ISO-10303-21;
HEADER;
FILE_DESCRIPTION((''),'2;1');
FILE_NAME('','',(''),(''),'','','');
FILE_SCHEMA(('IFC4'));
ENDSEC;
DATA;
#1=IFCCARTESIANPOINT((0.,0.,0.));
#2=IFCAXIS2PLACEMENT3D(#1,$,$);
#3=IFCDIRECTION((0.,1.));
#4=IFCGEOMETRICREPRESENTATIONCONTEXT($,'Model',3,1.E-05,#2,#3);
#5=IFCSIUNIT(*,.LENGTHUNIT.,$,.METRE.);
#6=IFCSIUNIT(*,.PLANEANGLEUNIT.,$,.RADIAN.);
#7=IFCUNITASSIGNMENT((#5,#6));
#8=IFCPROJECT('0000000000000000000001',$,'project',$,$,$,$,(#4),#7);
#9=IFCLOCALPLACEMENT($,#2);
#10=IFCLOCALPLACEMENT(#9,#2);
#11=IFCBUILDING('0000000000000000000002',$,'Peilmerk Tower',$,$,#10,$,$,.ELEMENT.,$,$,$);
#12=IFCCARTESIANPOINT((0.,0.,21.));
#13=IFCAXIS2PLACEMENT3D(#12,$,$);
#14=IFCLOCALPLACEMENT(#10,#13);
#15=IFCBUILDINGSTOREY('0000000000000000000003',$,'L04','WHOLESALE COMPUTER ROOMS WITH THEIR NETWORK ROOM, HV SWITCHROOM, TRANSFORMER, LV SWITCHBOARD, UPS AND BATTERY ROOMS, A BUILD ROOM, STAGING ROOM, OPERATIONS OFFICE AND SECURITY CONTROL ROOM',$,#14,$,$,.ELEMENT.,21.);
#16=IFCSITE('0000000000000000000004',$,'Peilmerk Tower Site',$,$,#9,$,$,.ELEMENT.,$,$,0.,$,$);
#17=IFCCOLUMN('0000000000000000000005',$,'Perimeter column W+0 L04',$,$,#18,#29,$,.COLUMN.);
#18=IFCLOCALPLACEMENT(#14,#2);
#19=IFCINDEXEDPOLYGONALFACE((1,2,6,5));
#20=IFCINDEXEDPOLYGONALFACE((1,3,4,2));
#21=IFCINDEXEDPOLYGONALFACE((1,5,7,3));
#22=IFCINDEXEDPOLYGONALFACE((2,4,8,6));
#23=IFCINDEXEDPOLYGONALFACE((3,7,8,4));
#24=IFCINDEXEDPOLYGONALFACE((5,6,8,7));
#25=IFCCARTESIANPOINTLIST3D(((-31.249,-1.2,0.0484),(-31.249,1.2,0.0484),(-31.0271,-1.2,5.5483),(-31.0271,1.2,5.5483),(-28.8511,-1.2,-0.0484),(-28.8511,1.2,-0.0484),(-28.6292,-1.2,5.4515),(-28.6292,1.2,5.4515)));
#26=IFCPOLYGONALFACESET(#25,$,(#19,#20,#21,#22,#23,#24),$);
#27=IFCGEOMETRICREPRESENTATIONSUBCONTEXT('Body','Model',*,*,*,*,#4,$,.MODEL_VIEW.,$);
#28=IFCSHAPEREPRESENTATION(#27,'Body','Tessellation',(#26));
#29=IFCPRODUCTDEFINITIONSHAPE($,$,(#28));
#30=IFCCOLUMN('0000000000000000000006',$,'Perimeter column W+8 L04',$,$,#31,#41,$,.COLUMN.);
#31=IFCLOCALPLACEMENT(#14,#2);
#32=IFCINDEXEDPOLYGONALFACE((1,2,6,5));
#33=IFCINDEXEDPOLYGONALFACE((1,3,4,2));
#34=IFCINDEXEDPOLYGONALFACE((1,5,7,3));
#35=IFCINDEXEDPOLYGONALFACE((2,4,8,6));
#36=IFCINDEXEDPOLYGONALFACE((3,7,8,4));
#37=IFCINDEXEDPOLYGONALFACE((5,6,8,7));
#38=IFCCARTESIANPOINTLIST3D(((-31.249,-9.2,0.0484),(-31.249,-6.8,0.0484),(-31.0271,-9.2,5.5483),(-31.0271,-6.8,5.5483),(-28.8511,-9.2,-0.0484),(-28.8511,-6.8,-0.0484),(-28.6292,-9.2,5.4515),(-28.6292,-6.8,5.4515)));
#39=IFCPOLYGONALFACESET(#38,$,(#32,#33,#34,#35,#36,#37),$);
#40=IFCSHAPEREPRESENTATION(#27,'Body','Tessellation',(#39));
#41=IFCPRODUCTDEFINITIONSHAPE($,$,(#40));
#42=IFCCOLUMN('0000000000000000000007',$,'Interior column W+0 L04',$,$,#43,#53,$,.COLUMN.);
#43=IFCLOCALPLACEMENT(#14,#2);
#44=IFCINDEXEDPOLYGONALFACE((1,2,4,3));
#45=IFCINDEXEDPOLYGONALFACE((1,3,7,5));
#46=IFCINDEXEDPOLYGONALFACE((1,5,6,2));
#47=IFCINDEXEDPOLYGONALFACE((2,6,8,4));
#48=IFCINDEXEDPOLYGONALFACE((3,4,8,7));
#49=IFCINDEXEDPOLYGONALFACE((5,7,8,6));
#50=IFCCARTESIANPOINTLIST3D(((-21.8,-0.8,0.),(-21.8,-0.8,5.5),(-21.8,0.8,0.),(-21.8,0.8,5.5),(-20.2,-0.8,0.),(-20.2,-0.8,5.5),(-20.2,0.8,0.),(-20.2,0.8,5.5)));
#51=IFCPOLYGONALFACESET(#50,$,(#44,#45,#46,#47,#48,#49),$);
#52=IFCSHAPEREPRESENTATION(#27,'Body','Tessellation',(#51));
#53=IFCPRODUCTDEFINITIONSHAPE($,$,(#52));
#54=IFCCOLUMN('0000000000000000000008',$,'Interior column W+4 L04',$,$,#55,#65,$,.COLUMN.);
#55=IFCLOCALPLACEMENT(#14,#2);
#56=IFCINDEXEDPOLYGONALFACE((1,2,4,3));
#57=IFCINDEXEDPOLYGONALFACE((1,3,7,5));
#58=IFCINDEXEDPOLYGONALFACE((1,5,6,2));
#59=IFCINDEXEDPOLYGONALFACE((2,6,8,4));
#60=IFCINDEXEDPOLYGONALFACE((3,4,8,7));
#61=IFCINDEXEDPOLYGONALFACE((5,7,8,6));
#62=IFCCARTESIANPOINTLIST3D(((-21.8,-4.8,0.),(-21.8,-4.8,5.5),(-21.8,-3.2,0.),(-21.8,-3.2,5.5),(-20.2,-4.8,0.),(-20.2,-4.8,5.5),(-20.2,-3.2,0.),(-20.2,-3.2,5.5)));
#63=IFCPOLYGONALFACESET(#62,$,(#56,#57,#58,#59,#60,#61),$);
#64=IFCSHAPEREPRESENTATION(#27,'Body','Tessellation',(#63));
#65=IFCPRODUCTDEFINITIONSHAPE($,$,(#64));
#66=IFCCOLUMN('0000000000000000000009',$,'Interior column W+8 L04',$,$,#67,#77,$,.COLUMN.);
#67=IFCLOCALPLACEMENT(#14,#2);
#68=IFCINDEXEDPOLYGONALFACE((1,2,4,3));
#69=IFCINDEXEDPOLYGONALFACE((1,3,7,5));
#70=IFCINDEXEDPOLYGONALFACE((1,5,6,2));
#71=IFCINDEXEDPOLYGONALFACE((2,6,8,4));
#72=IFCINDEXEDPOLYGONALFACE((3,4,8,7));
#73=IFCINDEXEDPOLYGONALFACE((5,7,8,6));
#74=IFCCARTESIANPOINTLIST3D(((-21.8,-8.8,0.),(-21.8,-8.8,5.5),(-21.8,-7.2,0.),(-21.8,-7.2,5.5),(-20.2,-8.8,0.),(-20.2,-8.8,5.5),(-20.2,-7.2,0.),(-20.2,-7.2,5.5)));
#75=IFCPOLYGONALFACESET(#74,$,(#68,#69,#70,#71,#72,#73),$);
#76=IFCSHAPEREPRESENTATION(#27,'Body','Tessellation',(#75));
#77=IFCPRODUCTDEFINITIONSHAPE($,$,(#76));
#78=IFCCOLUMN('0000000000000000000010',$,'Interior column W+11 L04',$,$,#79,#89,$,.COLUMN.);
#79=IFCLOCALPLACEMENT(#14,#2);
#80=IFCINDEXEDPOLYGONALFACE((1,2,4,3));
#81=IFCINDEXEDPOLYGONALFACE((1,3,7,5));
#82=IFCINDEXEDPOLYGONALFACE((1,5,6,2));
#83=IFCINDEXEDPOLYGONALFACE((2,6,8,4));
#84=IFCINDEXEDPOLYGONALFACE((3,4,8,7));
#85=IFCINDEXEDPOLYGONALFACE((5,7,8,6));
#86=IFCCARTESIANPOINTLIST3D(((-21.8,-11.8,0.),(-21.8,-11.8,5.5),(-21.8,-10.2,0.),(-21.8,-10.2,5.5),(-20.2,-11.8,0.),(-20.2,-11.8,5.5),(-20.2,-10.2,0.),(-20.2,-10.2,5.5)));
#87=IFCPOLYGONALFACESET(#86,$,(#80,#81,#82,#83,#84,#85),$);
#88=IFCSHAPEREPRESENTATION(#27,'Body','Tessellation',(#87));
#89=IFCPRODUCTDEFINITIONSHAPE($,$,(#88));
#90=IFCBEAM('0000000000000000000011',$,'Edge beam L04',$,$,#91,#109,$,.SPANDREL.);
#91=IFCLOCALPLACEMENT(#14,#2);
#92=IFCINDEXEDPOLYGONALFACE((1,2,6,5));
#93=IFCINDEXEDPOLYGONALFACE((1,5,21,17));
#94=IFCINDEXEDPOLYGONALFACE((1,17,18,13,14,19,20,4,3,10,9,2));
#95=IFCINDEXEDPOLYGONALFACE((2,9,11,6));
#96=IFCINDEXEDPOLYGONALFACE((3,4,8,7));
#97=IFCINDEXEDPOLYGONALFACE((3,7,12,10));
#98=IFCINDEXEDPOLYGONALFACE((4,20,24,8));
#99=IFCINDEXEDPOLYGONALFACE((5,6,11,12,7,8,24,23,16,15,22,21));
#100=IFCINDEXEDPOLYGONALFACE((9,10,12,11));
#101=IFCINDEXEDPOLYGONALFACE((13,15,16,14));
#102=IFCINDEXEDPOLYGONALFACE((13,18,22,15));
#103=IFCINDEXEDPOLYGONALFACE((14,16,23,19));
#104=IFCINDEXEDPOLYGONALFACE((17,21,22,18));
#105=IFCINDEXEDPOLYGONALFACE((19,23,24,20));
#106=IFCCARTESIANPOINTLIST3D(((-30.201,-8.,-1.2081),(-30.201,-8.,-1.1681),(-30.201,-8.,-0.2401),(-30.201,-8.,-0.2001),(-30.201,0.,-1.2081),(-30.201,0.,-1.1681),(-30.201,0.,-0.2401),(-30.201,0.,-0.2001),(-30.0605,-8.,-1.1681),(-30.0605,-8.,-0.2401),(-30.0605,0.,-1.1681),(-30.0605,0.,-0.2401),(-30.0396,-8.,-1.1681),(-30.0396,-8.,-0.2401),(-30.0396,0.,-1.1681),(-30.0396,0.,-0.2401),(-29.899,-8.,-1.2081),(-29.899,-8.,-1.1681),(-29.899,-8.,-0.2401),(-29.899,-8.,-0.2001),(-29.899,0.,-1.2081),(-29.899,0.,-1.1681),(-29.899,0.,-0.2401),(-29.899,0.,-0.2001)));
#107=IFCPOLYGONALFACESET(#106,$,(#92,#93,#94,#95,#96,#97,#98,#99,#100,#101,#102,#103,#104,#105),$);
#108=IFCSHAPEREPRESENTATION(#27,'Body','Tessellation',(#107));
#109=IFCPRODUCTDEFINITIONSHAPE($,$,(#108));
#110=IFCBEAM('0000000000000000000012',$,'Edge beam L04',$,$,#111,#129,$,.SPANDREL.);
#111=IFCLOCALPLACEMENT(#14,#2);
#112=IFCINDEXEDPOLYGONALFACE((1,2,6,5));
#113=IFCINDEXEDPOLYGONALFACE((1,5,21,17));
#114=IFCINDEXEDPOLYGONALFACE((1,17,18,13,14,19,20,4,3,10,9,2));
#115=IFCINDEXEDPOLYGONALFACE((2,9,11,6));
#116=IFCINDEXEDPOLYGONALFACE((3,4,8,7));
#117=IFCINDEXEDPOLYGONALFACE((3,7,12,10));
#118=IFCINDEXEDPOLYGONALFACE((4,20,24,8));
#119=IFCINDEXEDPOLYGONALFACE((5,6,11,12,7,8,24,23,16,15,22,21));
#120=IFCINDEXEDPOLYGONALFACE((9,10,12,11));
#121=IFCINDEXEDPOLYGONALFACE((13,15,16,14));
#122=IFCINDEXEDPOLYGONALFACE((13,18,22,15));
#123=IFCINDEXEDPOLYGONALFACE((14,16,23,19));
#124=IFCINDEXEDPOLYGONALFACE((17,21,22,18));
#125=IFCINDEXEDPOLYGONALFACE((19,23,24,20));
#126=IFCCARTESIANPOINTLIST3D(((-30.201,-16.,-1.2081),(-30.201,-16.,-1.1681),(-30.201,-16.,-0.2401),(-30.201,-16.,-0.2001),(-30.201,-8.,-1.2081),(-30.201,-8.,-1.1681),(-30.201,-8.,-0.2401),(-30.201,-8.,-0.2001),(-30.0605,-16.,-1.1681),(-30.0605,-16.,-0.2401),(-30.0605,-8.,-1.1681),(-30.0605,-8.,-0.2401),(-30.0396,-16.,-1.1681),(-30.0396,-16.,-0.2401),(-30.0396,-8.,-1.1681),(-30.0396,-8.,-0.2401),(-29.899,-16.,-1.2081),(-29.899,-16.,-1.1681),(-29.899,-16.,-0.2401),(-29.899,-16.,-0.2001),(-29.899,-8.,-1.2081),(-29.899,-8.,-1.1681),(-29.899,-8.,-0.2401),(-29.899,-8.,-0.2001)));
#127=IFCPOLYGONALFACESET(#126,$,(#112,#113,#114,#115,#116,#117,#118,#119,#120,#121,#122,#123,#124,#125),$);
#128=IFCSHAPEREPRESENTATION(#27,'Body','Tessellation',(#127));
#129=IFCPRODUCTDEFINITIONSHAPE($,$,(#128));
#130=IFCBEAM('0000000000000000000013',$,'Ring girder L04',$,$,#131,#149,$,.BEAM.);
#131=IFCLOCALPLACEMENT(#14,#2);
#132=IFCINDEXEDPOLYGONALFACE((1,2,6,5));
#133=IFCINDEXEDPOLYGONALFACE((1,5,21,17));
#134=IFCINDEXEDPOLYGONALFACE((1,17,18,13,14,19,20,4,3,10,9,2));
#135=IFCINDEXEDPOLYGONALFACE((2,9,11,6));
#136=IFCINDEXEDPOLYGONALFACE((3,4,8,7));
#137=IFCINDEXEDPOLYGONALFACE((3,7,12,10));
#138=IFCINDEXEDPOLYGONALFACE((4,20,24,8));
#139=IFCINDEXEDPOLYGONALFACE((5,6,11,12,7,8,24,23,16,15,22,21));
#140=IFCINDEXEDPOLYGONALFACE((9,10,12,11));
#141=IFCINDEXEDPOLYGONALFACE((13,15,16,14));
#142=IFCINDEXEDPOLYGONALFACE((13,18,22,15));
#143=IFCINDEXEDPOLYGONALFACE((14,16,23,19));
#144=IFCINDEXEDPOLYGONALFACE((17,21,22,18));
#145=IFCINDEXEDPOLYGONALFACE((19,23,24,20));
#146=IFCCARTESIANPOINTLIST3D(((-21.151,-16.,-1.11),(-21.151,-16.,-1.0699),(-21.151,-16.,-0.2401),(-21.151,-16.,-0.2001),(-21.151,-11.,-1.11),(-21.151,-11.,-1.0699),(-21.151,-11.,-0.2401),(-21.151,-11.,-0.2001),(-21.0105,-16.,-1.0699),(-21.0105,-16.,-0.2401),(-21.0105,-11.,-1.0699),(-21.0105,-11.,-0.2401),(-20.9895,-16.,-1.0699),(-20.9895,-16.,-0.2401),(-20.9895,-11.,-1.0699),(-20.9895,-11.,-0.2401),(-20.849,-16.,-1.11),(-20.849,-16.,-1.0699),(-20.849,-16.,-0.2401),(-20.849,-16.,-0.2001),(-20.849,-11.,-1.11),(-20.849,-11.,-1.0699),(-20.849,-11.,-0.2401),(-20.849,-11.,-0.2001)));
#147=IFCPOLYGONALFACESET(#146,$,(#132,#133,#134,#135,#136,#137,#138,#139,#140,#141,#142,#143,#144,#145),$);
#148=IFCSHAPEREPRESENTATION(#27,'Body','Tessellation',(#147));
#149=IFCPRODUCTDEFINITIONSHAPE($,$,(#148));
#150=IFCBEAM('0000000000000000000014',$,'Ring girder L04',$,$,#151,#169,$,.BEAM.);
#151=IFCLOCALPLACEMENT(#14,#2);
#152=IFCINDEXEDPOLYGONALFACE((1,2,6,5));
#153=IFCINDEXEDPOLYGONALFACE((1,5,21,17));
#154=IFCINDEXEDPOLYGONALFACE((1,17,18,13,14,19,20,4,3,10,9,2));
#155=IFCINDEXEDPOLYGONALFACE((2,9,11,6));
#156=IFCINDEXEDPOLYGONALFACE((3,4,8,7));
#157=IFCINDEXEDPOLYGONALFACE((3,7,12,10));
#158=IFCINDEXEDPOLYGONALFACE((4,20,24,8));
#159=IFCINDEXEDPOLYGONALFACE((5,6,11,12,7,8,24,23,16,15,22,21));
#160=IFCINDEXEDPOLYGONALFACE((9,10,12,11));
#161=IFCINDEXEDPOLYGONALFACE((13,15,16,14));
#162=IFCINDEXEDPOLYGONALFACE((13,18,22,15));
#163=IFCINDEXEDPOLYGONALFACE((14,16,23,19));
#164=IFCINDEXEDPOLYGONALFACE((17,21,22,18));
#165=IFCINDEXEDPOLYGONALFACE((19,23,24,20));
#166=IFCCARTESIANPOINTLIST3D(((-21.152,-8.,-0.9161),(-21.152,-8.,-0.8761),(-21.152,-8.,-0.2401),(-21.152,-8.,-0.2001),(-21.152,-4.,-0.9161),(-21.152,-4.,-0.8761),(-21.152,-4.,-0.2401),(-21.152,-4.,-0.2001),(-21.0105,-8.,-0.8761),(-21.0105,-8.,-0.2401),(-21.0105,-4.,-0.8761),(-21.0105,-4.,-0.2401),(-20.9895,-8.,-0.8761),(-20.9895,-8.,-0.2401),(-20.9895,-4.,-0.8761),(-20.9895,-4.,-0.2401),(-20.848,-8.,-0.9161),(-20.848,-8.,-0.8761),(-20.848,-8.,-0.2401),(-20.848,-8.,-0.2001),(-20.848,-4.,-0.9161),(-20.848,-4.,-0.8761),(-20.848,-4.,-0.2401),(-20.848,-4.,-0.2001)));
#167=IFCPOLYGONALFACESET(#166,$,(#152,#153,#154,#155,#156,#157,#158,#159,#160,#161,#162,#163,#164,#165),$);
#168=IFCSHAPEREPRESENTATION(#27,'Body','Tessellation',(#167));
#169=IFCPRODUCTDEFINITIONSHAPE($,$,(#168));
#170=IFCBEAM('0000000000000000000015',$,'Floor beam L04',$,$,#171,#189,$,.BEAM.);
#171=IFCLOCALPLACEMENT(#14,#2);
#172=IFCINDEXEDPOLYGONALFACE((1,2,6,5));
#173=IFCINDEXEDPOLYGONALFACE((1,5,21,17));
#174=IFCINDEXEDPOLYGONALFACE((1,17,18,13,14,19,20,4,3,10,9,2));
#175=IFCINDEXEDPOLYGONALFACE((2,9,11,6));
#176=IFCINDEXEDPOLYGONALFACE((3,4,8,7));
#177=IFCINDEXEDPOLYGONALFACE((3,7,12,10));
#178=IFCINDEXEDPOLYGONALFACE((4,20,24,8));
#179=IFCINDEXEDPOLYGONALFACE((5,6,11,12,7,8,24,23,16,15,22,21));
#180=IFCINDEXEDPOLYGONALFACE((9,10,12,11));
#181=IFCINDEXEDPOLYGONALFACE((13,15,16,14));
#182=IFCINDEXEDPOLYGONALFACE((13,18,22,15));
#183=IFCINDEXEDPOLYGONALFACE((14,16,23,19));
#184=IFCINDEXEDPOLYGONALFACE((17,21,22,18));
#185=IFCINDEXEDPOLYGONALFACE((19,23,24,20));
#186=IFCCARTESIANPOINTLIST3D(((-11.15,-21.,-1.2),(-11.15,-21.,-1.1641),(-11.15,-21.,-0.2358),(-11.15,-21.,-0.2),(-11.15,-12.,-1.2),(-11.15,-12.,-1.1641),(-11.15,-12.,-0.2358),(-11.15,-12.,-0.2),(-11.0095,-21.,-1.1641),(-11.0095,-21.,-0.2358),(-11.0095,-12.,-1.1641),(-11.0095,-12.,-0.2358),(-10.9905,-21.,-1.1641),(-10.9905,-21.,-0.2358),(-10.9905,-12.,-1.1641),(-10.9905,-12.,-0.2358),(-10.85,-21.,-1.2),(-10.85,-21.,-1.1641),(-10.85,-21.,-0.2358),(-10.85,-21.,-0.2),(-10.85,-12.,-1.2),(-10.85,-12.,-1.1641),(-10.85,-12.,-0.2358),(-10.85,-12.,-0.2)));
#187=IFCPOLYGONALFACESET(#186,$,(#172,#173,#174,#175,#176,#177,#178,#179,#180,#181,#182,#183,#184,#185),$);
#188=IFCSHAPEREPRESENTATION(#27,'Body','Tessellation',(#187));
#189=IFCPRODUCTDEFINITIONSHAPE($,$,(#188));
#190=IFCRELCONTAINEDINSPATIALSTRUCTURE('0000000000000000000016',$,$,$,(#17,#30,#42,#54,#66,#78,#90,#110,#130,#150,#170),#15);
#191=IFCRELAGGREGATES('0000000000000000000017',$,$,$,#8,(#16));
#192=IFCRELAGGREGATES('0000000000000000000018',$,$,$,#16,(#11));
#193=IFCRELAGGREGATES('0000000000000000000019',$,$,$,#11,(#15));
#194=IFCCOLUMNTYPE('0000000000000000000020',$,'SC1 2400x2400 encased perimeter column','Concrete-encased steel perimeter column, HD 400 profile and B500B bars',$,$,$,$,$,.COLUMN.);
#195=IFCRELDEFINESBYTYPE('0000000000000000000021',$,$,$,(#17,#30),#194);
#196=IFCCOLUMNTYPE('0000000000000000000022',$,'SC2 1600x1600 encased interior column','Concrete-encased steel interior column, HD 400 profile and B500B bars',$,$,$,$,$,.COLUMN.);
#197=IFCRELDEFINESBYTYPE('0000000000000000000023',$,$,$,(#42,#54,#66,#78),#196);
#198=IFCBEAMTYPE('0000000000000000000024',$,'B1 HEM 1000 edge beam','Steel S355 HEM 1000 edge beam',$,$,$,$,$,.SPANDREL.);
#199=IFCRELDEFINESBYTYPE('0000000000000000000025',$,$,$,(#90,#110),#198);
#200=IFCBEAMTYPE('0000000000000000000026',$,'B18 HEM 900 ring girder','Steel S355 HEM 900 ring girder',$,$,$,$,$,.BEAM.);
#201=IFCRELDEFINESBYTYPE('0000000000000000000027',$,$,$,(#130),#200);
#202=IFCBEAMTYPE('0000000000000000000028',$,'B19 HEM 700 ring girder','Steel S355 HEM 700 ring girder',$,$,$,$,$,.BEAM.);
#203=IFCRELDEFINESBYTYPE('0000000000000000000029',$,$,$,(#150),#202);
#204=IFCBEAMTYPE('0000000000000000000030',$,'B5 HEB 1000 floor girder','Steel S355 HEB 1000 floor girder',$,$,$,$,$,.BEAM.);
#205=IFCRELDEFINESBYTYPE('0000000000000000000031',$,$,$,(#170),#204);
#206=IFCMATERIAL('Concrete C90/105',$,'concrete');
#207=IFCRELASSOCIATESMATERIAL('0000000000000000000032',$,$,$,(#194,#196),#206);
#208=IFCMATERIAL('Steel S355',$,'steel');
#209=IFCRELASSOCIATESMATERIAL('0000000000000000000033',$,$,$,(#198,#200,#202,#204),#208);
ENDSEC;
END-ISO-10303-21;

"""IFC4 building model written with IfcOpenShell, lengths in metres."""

from ifc_helpers import new_model, si_unit, direction, frame, origin, origin_2d, place, context, subcontext, project, spatial, rectangle, i_section, extrude, material, material_profile, profile_set, type_object, element, save


model = new_model("IFC4")

# Units and contexts
model_context = context("Model", 3, precision=1e-05, world=origin(), true_north=direction((0.0, 1.0)))
body_context = subcontext(model_context, "Body", "Model", "MODEL_VIEW")
ifc_project = project(units=[si_unit("LENGTHUNIT", "METRE"), si_unit("PLANEANGLEUNIT", "RADIAN")], contexts=[model_context])

# Site, building, storey
site_placement = place(None, origin())
site = spatial("IfcSite", under=ifc_project, at=site_placement, Name="Peilmerk Tower Site", CompositionType="ELEMENT", RefElevation=0.0)
building_placement = place(site_placement, origin())
building = spatial("IfcBuilding", under=site, at=building_placement, Name="Peilmerk Tower", CompositionType="ELEMENT")
storey_placement = place(building_placement, frame((0.0, 0.0, 21.0)))
storey = spatial("IfcBuildingStorey", under=building, at=storey_placement, Name="L04", Description="WHOLESALE COMPUTER ROOMS WITH THEIR NETWORK ROOM, HV SWITCHROOM, TRANSFORMER, LV SWITCHBOARD, UPS AND BATTERY ROOMS, A BUILD ROOM, STAGING ROOM, OPERATIONS OFFICE AND SECURITY CONTROL ROOM", CompositionType="ELEMENT", Elevation=21.0)

# Columns
ifc_material_1 = material(Name="Concrete C90/105", Category="concrete")
ifc_material_profile_1 = material_profile(ifc_material_1, rectangle(XDim=2.3999, YDim=2.3999, at=origin_2d()), Name="RC 2400x2400")
ifc_profile_set_1 = profile_set([ifc_material_profile_1], Name="Concrete C90/105")
column_type_1 = type_object("IfcColumnType", Name="SC1 2400x2400 encased perimeter column", Description="Concrete-encased steel perimeter column, HD 400 profile and B500B bars", PredefinedType="COLUMN", material=ifc_profile_set_1)
for number, where, z_axis, x_axis, name in (
    (1, (-30.05, 0.0, 0.0), (0.040317, 0.0, 0.999187), (0.0, 1.0, 0.0), "Perimeter column W+0 L04"),
    (2, (-30.05, -8.0, 0.0), (0.040317, 0.0, 0.999187), (0.0, 1.0, 0.0), "Perimeter column W+8 L04"),
):
    element("IfcColumn", number, at=place(storey_placement, frame(where, z_axis=z_axis, x_axis=x_axis)), inside=storey, type_object=column_type_1, Name=name, PredefinedType="COLUMN", context=body_context, shape_type="SweptSolid", body=[
        extrude(rectangle(XDim=2.3999, YDim=2.3999, at=origin_2d()), origin(), (0.0, 0.0, 1.0), 5.5044),
    ])
ifc_material_profile_2 = material_profile(ifc_material_1, rectangle(XDim=1.6001, YDim=1.6001, at=origin_2d()), Name="RC 1600x1600")
ifc_profile_set_2 = profile_set([ifc_material_profile_2], Name="Concrete C90/105")
column_type_2 = type_object("IfcColumnType", Name="SC2 1600x1600 encased interior column", Description="Concrete-encased steel interior column, HD 400 profile and B500B bars", PredefinedType="COLUMN", material=ifc_profile_set_2)
for number, where, z_axis, x_axis, name in (
    (3, (-21.0, 0.0, 0.0), (0.0, 0.0, 1.0), (1.0, 0.0, 0.0), "Interior column W+0 L04"),
    (4, (-21.0, -4.0, 0.0), (0.0, 0.0, 1.0), (1.0, 0.0, 0.0), "Interior column W+4 L04"),
    (5, (-21.0, -8.0, 0.0), (0.0, 0.0, 1.0), (1.0, 0.0, 0.0), "Interior column W+8 L04"),
    (6, (-21.0, -11.0, 0.0), (0.0, 0.0, 1.0), (1.0, 0.0, 0.0), "Interior column W+11 L04"),
):
    element("IfcColumn", number, at=place(storey_placement, frame(where, z_axis=z_axis, x_axis=x_axis)), inside=storey, type_object=column_type_2, Name=name, PredefinedType="COLUMN", context=body_context, shape_type="SweptSolid", body=[
        extrude(rectangle(XDim=1.6001, YDim=1.6001, at=origin_2d()), origin(), (0.0, 0.0, 1.0), 5.5),
    ])

# Beams
ifc_material_2 = material(Name="Steel S355", Category="steel")
ifc_material_profile_3 = material_profile(ifc_material_2, i_section(OverallWidth=0.302, OverallDepth=1.0081, WebThickness=0.021, FlangeThickness=0.04, at=origin_2d()), Name="HEM 1000")
ifc_profile_set_3 = profile_set([ifc_material_profile_3], Name="Steel S355")
beam_type_1 = type_object("IfcBeamType", Name="B1 HEM 1000 edge beam", Description="Steel S355 HEM 1000 edge beam", PredefinedType="SPANDREL", material=ifc_profile_set_3)
for number, where, z_axis, x_axis, name in (
    (7, (-30.05, 0.0, -0.7041), (0.0, -1.0, 0.0), (1.0, 0.0, 0.0), "Edge beam L04"),
    (8, (-30.05, -8.0, -0.7041), (0.0, -1.0, 0.0), (1.0, 0.0, 0.0), "Edge beam L04"),
):
    element("IfcBeam", number, at=place(storey_placement, frame(where, z_axis=z_axis, x_axis=x_axis)), inside=storey, type_object=beam_type_1, Name=name, PredefinedType="SPANDREL", context=body_context, shape_type="SweptSolid", body=[
        extrude(i_section(OverallWidth=0.302, OverallDepth=1.0081, WebThickness=0.021, FlangeThickness=0.04, at=origin_2d()), origin(), (0.0, 0.0, 1.0), 8.0),
    ])
ifc_material_profile_4 = material_profile(ifc_material_2, i_section(OverallWidth=0.302, OverallDepth=0.9099, WebThickness=0.021, FlangeThickness=0.04, at=origin_2d()), Name="HEM 900")
ifc_profile_set_4 = profile_set([ifc_material_profile_4], Name="Steel S355")
beam_type_2 = type_object("IfcBeamType", Name="B18 HEM 900 ring girder", Description="Steel S355 HEM 900 ring girder", PredefinedType="BEAM", material=ifc_profile_set_4)
beam_1_placement = place(storey_placement, frame((-21.0, -11.0, -0.655), z_axis=(0.0, -1.0, 0.0), x_axis=(1.0, 0.0, 0.0)))
element("IfcBeam", 9, at=beam_1_placement, inside=storey, type_object=beam_type_2, Name="Ring girder L04", PredefinedType="BEAM", context=body_context, shape_type="SweptSolid", body=[
    extrude(i_section(OverallWidth=0.302, OverallDepth=0.9099, WebThickness=0.021, FlangeThickness=0.04, at=origin_2d()), origin(), (0.0, 0.0, 1.0), 5.0),
])
ifc_material_profile_5 = material_profile(ifc_material_2, i_section(OverallWidth=0.304, OverallDepth=0.7161, WebThickness=0.021, FlangeThickness=0.04, at=origin_2d()), Name="HEM 700")
ifc_profile_set_5 = profile_set([ifc_material_profile_5], Name="Steel S355")
beam_type_3 = type_object("IfcBeamType", Name="B19 HEM 700 ring girder", Description="Steel S355 HEM 700 ring girder", PredefinedType="BEAM", material=ifc_profile_set_5)
beam_2_placement = place(storey_placement, frame((-21.0, -4.0, -0.5581), z_axis=(0.0, -1.0, 0.0), x_axis=(1.0, 0.0, 0.0)))
element("IfcBeam", 10, at=beam_2_placement, inside=storey, type_object=beam_type_3, Name="Ring girder L04", PredefinedType="BEAM", context=body_context, shape_type="SweptSolid", body=[
    extrude(i_section(OverallWidth=0.304, OverallDepth=0.7161, WebThickness=0.021, FlangeThickness=0.04, at=origin_2d()), origin(), (0.0, 0.0, 1.0), 4.0),
])
ifc_material_profile_6 = material_profile(ifc_material_2, i_section(OverallWidth=0.3, OverallDepth=1.0, WebThickness=0.019, FlangeThickness=0.0359, at=origin_2d()), Name="HEB 1000")
ifc_profile_set_6 = profile_set([ifc_material_profile_6], Name="Steel S355")
beam_type_4 = type_object("IfcBeamType", Name="B5 HEB 1000 floor girder", Description="Steel S355 HEB 1000 floor girder", PredefinedType="BEAM", material=ifc_profile_set_6)
for number, where, z_axis, x_axis, name in (
    (11, (-11.0, -12.0, -0.7), (0.0, -1.0, 0.0), (1.0, 0.0, 0.0), "Floor beam L04"),
):
    element("IfcBeam", number, at=place(storey_placement, frame(where, z_axis=z_axis, x_axis=x_axis)), inside=storey, type_object=beam_type_4, Name=name, PredefinedType="BEAM", context=body_context, shape_type="SweptSolid", body=[
        extrude(i_section(OverallWidth=0.3, OverallDepth=1.0, WebThickness=0.019, FlangeThickness=0.0359, at=origin_2d()), origin(), (0.0, 0.0, 1.0), 9.0),
    ])

save(model, "model.ifc")
